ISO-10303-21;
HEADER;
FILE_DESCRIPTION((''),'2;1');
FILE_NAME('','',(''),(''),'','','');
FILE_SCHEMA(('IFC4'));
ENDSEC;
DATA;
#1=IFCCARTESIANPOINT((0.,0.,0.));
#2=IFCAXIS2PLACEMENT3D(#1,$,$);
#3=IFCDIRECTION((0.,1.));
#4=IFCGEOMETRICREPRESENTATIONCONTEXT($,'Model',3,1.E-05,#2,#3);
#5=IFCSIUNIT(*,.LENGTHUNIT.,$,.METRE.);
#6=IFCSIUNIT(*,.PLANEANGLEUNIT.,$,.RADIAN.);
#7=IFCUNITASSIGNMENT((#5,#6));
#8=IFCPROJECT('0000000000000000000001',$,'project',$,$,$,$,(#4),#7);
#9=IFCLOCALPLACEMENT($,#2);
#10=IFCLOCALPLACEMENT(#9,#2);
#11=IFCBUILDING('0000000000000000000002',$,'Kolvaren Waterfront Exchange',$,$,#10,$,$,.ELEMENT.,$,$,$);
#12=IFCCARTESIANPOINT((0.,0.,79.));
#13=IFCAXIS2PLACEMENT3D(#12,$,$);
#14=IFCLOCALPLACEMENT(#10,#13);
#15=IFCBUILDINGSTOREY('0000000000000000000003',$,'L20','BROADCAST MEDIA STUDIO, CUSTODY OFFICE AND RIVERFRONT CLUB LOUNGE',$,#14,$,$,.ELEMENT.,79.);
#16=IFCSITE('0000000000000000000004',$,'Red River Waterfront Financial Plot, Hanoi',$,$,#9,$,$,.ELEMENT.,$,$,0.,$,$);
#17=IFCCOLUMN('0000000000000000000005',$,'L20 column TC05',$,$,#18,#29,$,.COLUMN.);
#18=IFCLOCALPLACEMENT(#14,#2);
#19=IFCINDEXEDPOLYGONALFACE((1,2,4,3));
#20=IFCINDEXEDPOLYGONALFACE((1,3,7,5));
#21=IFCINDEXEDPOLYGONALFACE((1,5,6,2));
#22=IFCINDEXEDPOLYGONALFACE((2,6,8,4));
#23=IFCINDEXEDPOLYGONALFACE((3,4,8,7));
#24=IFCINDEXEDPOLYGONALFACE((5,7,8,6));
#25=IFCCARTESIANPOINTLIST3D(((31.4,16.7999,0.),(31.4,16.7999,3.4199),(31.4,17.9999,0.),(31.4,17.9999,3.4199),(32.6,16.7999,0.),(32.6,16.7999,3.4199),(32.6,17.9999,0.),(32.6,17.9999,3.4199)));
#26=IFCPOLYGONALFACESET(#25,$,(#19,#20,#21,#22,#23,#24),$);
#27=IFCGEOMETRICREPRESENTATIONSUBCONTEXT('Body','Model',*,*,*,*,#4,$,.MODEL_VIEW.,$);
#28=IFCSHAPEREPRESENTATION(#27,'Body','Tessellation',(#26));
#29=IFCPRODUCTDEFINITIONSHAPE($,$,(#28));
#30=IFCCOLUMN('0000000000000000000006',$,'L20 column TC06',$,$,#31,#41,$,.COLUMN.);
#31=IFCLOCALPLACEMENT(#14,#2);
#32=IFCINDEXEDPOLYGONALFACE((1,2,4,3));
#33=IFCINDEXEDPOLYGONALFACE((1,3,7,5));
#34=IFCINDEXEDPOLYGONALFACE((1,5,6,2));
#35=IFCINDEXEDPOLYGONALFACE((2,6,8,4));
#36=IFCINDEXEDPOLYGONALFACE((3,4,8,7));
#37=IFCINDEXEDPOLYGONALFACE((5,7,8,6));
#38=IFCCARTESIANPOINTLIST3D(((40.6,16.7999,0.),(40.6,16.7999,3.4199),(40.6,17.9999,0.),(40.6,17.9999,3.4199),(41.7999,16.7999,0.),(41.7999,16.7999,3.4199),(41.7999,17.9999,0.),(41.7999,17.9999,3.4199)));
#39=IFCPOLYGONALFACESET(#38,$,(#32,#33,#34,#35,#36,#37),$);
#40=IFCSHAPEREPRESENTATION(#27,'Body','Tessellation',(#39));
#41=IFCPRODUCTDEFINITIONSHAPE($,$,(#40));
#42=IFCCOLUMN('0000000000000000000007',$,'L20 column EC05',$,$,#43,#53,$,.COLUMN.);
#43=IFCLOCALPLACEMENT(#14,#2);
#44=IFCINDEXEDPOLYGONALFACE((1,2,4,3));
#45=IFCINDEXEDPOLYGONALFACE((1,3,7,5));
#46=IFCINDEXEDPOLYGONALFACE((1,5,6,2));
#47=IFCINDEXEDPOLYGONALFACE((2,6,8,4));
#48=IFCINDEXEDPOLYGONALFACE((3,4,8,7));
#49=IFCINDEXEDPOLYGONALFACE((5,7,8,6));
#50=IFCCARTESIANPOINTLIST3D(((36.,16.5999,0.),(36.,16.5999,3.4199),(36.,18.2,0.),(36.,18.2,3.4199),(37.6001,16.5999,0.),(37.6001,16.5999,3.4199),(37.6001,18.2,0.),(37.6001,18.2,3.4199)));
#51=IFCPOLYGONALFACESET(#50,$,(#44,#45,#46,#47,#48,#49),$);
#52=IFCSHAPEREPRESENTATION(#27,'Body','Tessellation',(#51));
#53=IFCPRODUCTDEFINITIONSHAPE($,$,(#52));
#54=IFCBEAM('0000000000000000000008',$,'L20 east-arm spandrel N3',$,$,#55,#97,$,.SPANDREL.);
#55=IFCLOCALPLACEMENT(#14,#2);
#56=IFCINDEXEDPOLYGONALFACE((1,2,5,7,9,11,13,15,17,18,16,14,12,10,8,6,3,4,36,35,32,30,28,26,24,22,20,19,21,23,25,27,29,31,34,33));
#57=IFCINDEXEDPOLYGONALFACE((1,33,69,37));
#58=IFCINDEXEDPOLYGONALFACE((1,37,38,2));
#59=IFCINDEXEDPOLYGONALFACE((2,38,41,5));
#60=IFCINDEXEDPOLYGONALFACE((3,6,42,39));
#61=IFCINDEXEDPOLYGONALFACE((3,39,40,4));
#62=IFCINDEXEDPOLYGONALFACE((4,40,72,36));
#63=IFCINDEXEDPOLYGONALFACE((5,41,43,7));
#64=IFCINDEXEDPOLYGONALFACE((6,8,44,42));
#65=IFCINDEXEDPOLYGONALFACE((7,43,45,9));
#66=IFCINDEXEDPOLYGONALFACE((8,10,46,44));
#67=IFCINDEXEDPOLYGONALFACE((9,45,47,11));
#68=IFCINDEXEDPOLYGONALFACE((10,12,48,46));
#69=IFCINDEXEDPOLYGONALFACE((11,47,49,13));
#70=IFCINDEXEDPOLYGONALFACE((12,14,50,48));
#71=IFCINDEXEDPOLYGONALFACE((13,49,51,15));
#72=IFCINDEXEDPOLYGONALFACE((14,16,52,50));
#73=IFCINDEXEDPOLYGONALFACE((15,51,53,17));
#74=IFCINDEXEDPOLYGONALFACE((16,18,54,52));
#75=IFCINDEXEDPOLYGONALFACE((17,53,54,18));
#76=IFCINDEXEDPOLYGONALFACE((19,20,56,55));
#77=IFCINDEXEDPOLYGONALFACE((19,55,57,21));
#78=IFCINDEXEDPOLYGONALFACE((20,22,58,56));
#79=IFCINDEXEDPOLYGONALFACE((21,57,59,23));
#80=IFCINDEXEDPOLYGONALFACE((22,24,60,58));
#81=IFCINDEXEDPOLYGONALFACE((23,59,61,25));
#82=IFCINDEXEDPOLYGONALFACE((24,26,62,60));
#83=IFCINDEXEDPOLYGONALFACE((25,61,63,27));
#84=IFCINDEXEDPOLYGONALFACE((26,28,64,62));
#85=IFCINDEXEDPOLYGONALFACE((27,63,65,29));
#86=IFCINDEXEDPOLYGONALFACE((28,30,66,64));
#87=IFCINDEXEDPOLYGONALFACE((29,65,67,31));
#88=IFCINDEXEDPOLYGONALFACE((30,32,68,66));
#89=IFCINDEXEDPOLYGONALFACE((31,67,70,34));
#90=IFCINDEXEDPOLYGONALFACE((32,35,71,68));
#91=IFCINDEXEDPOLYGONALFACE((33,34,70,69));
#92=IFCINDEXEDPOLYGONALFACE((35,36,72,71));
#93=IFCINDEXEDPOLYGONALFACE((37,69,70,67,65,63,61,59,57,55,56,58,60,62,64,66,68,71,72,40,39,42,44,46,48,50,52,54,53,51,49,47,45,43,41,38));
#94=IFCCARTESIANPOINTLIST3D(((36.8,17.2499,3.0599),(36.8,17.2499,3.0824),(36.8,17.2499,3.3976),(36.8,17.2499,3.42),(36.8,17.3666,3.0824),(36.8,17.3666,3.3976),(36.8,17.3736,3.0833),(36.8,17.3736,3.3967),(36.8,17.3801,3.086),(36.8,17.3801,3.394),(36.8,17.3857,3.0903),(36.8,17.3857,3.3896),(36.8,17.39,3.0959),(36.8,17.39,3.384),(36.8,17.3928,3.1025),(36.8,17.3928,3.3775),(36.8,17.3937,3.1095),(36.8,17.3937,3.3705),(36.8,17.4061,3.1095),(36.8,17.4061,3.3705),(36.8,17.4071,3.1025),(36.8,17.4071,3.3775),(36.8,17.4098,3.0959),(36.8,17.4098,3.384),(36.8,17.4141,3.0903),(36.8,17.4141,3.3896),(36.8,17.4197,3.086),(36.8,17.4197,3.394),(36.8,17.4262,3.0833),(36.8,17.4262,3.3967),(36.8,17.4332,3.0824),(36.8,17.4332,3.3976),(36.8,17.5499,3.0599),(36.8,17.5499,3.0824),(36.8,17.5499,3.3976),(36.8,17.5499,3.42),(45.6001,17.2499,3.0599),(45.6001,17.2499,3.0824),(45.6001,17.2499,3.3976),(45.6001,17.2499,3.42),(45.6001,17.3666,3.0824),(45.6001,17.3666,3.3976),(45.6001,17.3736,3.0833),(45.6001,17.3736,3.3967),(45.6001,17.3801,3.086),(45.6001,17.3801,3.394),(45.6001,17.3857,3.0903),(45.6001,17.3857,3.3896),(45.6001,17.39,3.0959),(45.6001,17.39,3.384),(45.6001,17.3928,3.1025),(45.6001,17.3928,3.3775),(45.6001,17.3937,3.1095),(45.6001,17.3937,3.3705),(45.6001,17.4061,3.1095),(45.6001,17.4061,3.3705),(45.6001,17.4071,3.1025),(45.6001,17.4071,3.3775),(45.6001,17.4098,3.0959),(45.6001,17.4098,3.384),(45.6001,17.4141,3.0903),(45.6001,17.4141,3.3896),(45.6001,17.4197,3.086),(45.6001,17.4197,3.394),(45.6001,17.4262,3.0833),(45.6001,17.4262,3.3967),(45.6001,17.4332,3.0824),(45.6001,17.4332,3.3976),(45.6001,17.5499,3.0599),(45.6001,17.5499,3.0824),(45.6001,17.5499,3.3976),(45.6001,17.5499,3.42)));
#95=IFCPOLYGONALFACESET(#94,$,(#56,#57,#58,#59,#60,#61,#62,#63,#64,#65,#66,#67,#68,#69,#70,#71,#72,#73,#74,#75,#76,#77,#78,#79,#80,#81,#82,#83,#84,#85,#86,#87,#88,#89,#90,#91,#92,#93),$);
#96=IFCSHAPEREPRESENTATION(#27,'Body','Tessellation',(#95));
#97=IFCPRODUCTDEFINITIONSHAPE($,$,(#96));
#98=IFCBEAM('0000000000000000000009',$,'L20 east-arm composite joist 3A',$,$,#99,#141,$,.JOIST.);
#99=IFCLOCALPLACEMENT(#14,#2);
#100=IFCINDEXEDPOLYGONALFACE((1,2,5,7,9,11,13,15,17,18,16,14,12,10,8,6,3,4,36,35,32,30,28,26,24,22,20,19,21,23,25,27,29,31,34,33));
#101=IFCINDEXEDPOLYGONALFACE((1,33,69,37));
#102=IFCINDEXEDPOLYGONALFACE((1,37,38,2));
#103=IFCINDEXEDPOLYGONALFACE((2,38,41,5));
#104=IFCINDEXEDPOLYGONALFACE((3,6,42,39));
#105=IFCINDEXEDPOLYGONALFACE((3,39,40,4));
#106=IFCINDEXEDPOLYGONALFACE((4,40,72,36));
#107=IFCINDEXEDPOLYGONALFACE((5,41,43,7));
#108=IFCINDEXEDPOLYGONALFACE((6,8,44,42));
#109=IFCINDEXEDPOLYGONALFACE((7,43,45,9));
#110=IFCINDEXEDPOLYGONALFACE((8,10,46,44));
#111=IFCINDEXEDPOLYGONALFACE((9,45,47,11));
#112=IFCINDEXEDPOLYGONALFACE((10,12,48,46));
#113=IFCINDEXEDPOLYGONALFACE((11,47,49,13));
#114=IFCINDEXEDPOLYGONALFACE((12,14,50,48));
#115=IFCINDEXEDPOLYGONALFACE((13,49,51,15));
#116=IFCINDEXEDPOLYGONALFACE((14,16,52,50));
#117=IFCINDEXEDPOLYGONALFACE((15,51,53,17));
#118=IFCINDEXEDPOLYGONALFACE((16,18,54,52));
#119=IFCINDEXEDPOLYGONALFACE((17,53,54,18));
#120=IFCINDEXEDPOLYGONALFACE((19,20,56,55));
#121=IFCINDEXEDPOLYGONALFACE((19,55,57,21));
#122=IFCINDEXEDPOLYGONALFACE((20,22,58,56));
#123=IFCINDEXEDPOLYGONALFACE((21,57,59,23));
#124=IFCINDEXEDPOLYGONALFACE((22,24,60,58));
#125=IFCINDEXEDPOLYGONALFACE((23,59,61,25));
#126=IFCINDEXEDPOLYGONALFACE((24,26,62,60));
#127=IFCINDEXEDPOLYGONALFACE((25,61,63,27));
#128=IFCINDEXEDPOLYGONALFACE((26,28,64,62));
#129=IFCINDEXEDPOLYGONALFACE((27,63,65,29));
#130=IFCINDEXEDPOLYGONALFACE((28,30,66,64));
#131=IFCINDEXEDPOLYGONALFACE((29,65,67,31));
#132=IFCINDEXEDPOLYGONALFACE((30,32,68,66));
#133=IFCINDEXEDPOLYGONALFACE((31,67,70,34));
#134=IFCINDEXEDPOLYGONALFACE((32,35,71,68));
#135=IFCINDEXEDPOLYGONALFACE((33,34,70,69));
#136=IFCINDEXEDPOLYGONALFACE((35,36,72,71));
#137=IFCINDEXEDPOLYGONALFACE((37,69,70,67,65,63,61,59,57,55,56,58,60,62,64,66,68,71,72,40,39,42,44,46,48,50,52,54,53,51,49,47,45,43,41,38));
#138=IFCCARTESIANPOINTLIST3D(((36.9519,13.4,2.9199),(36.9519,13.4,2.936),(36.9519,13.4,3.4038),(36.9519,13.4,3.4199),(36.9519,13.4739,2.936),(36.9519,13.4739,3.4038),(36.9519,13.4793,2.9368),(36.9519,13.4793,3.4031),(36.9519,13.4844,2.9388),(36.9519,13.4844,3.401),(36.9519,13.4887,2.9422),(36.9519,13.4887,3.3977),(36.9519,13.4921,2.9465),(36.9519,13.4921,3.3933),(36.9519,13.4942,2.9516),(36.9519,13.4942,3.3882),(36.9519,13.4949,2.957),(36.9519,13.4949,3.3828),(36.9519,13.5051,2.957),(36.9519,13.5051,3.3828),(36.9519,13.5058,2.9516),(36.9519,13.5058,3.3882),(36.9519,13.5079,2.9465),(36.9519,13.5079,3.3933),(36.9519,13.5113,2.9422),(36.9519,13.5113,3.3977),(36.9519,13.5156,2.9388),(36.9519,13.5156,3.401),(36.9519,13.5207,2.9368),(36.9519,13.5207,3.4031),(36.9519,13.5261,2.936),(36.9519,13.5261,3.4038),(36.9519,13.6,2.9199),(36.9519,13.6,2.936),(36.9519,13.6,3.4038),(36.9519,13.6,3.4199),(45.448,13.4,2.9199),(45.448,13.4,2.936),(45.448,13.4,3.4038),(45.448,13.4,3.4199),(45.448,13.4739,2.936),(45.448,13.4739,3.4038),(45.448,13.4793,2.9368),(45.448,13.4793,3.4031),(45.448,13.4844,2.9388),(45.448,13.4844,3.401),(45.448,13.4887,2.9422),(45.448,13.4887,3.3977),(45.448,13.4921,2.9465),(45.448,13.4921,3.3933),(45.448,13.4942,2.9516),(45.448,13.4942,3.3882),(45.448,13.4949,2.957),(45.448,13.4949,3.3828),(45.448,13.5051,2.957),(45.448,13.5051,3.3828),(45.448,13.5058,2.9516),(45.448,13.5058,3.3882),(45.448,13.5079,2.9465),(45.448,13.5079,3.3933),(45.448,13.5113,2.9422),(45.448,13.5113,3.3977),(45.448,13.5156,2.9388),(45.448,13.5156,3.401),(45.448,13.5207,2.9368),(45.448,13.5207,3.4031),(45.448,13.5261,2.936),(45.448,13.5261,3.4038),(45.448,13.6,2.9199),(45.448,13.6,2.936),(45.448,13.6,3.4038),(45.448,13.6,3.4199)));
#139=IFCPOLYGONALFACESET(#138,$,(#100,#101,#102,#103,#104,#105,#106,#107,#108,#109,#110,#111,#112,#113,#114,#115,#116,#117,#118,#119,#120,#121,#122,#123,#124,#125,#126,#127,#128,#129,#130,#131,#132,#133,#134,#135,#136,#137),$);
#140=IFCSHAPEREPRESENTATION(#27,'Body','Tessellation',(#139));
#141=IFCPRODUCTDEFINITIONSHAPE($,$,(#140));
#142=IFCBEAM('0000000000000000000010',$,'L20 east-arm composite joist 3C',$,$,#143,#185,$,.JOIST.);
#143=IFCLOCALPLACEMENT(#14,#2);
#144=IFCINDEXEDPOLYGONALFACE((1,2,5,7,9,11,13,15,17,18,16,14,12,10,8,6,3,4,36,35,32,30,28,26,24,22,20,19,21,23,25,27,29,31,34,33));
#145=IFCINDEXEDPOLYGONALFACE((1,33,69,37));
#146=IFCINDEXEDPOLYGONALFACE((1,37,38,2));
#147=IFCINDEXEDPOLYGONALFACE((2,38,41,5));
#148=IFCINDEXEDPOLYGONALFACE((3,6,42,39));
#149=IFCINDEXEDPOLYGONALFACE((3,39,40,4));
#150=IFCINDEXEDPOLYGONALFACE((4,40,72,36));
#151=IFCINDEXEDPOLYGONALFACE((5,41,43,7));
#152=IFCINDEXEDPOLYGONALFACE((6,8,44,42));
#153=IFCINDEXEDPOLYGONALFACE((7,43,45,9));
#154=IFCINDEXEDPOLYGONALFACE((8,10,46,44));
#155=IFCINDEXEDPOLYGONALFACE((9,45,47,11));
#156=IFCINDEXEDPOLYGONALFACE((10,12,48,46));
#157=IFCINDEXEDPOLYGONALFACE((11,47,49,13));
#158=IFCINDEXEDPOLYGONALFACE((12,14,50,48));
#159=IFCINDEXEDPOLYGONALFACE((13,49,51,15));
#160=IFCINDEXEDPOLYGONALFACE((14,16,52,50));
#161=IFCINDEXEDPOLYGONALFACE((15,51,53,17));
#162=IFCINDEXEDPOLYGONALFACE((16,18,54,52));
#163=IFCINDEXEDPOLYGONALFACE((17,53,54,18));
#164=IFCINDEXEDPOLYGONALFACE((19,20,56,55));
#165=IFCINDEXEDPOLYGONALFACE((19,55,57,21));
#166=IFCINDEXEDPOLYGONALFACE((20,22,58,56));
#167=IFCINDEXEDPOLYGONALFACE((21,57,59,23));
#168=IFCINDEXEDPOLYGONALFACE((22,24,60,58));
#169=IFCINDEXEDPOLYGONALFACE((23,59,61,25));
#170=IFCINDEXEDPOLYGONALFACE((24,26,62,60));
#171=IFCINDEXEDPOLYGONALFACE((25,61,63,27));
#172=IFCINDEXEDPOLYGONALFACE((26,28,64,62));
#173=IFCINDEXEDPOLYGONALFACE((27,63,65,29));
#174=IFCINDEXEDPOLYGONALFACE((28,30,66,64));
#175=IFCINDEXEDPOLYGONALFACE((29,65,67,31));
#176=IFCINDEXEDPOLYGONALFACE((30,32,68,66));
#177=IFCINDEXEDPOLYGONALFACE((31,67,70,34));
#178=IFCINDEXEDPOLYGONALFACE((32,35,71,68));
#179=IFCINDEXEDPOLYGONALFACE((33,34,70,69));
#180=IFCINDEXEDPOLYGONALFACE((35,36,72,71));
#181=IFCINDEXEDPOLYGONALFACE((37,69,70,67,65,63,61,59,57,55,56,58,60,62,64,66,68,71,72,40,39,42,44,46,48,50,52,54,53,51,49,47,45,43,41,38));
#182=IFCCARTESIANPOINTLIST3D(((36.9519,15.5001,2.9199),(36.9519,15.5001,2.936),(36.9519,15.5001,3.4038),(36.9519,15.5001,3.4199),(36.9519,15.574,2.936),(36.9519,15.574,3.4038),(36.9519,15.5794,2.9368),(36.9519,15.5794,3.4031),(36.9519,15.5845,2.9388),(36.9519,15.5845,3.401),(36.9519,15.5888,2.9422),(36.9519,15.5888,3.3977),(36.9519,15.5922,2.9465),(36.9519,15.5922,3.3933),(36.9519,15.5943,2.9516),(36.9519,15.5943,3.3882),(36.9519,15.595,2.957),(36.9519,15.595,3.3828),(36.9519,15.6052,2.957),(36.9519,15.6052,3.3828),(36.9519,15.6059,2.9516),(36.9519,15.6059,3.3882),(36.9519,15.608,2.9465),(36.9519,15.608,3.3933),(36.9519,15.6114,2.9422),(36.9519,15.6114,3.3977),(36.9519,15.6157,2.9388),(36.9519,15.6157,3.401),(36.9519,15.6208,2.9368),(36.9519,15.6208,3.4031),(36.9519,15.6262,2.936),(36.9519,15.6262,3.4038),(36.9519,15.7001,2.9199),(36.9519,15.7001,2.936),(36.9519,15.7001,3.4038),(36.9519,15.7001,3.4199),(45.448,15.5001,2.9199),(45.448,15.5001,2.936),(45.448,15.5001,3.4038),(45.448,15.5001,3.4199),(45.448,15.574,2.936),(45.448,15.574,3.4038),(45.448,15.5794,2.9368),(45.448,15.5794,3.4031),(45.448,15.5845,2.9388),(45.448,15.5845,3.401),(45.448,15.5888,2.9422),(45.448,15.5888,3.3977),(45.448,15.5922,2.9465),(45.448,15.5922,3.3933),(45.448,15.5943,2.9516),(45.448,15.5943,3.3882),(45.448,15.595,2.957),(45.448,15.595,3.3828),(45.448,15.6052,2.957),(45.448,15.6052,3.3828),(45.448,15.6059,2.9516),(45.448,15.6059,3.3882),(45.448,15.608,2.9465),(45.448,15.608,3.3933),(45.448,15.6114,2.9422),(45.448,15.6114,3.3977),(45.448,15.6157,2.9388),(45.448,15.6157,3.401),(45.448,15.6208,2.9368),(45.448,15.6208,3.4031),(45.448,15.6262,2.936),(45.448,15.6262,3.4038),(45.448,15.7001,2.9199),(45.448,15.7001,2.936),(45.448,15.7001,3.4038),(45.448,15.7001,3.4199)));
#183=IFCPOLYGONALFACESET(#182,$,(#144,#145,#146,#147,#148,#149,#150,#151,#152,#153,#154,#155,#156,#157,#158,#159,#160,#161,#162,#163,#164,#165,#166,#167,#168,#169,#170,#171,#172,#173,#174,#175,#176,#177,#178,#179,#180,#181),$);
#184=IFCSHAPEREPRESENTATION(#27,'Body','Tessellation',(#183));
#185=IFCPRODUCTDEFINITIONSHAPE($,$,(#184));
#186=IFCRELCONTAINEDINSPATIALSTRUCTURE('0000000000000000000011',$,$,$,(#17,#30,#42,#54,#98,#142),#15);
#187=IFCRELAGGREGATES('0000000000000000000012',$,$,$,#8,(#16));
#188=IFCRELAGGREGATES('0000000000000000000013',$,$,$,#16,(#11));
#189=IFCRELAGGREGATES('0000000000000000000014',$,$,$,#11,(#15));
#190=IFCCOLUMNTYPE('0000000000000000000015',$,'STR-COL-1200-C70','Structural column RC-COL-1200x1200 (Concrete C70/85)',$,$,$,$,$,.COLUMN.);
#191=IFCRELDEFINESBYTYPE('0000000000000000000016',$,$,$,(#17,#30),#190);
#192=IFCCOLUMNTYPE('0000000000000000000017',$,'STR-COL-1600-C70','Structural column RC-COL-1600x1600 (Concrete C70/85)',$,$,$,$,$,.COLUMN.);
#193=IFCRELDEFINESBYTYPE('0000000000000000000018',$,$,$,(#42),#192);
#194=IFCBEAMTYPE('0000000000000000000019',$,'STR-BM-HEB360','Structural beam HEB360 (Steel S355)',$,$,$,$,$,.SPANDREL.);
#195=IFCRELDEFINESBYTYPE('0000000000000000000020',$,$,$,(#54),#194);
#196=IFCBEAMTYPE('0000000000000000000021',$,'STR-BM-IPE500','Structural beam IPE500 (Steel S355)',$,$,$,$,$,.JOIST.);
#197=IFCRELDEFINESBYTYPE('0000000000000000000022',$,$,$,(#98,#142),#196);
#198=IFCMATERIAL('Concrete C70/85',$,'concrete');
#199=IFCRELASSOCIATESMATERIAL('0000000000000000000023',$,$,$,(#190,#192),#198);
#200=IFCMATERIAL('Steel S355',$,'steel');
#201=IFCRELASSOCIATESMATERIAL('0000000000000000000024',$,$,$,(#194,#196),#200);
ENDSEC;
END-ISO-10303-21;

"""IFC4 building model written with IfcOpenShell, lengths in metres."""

from ifc_helpers import new_model, si_unit, direction, frame, origin, origin_2d, place, context, subcontext, project, spatial, rectangle, i_section, extrude, material, material_profile, profile_set, type_object, element, save


model = new_model("IFC4")

# Units and contexts
model_context = context("Model", 3, precision=1e-05, world=origin(), true_north=direction((0.0, 1.0)))
body_context = subcontext(model_context, "Body", "Model", "MODEL_VIEW")
ifc_project = project(units=[si_unit("LENGTHUNIT", "METRE"), si_unit("PLANEANGLEUNIT", "RADIAN")], contexts=[model_context])

# Site, building, storey
site_placement = place(None, origin())
site = spatial("IfcSite", under=ifc_project, at=site_placement, Name="Red River Waterfront Financial Plot, Hanoi", CompositionType="ELEMENT", RefElevation=0.0)
building_placement = place(site_placement, origin())
building = spatial("IfcBuilding", under=site, at=building_placement, Name="Kolvaren Waterfront Exchange", CompositionType="ELEMENT")
storey_placement = place(building_placement, frame((0.0, 0.0, 79.0)))
storey = spatial("IfcBuildingStorey", under=building, at=storey_placement, Name="L20", Description="BROADCAST MEDIA STUDIO, CUSTODY OFFICE AND RIVERFRONT CLUB LOUNGE", CompositionType="ELEMENT", Elevation=79.0)

# Columns
ifc_material_1 = material(Name="Concrete C70/85", Category="concrete")
ifc_material_profile_1 = material_profile(ifc_material_1, rectangle(XDim=1.2, YDim=1.2, at=origin_2d()), Name="RC-COL-1200x1200")
ifc_profile_set_1 = profile_set([ifc_material_profile_1], Name="Concrete C70/85")
column_type_1 = type_object("IfcColumnType", Name="STR-COL-1200-C70", Description="Structural column RC-COL-1200x1200 (Concrete C70/85)", PredefinedType="COLUMN", material=ifc_profile_set_1)
for number, where, z_axis, x_axis, name in (
    (1, (32.0, 17.3999, 0.0), (0.0, 0.0, 1.0), (1.0, 0.0, 0.0), "L20 column TC05"),
    (2, (41.2, 17.3999, 0.0), (0.0, 0.0, 1.0), (1.0, 0.0, 0.0), "L20 column TC06"),
):
    element("IfcColumn", number, at=place(storey_placement, frame(where, z_axis=z_axis, x_axis=x_axis)), inside=storey, type_object=column_type_1, Name=name, PredefinedType="COLUMN", context=body_context, shape_type="SweptSolid", body=[
        extrude(rectangle(XDim=1.2, YDim=1.2, at=origin_2d()), origin(), (0.0, 0.0, 1.0), 3.4199),
    ])
ifc_material_profile_2 = material_profile(ifc_material_1, rectangle(XDim=1.6001, YDim=1.6001, at=origin_2d()), Name="RC-COL-1600x1600")
ifc_profile_set_2 = profile_set([ifc_material_profile_2], Name="Concrete C70/85")
column_type_2 = type_object("IfcColumnType", Name="STR-COL-1600-C70", Description="Structural column RC-COL-1600x1600 (Concrete C70/85)", PredefinedType="COLUMN", material=ifc_profile_set_2)
column_placement = place(storey_placement, frame((36.8, 17.3999, 0.0), z_axis=(0.0, 0.0, 1.0), x_axis=(1.0, 0.0, 0.0)))
element("IfcColumn", 3, at=column_placement, inside=storey, type_object=column_type_2, Name="L20 column EC05", PredefinedType="COLUMN", context=body_context, shape_type="SweptSolid", body=[
    extrude(rectangle(XDim=1.6001, YDim=1.6001, at=origin_2d()), origin(), (0.0, 0.0, 1.0), 3.4199),
])

# Beams
ifc_material_2 = material(Name="Steel S355", Category="steel")
ifc_material_profile_3 = material_profile(ifc_material_2, i_section(OverallWidth=0.3, OverallDepth=0.3601, WebThickness=0.0125, FlangeThickness=0.0225, FilletRadius=0.0271, at=origin_2d()), Name="HEB360")
ifc_profile_set_3 = profile_set([ifc_material_profile_3], Name="Steel S355")
beam_type_1 = type_object("IfcBeamType", Name="STR-BM-HEB360", Description="Structural beam HEB360 (Steel S355)", PredefinedType="SPANDREL", material=ifc_profile_set_3)
beam_placement = place(storey_placement, frame((36.8, 17.3999, 3.24), z_axis=(1.0, 0.0, 0.0), x_axis=(0.0, 1.0, 0.0)))
element("IfcBeam", 4, at=beam_placement, inside=storey, type_object=beam_type_1, Name="L20 east-arm spandrel N3", PredefinedType="SPANDREL", context=body_context, shape_type="SweptSolid", body=[
    extrude(i_section(OverallWidth=0.3, OverallDepth=0.3601, WebThickness=0.0125, FlangeThickness=0.0225, FilletRadius=0.0271, at=origin_2d()), origin(), (0.0, 0.0, 1.0), 8.8),
])
ifc_material_profile_4 = material_profile(ifc_material_2, i_section(OverallWidth=0.2, OverallDepth=0.5, WebThickness=0.0103, FlangeThickness=0.0161, FilletRadius=0.021, at=origin_2d()), Name="IPE500")
ifc_profile_set_4 = profile_set([ifc_material_profile_4], Name="Steel S355")
beam_type_2 = type_object("IfcBeamType", Name="STR-BM-IPE500", Description="Structural beam IPE500 (Steel S355)", PredefinedType="JOIST", material=ifc_profile_set_4)
for number, where, z_axis, x_axis, name in (
    (5, (36.9519, 13.5, 3.1699), (1.0, 0.0, 0.0), (0.0, 1.0, 0.0), "L20 east-arm composite joist 3A"),
    (6, (36.9519, 15.6001, 3.1699), (1.0, 0.0, 0.0), (0.0, 1.0, 0.0), "L20 east-arm composite joist 3C"),
):
    element("IfcBeam", number, at=place(storey_placement, frame(where, z_axis=z_axis, x_axis=x_axis)), inside=storey, type_object=beam_type_2, Name=name, PredefinedType="JOIST", context=body_context, shape_type="SweptSolid", body=[
        extrude(i_section(OverallWidth=0.2, OverallDepth=0.5, WebThickness=0.0103, FlangeThickness=0.0161, FilletRadius=0.021, at=origin_2d()), origin(), (0.0, 0.0, 1.0), 8.4961),
    ])

save(model, "model.ifc")
